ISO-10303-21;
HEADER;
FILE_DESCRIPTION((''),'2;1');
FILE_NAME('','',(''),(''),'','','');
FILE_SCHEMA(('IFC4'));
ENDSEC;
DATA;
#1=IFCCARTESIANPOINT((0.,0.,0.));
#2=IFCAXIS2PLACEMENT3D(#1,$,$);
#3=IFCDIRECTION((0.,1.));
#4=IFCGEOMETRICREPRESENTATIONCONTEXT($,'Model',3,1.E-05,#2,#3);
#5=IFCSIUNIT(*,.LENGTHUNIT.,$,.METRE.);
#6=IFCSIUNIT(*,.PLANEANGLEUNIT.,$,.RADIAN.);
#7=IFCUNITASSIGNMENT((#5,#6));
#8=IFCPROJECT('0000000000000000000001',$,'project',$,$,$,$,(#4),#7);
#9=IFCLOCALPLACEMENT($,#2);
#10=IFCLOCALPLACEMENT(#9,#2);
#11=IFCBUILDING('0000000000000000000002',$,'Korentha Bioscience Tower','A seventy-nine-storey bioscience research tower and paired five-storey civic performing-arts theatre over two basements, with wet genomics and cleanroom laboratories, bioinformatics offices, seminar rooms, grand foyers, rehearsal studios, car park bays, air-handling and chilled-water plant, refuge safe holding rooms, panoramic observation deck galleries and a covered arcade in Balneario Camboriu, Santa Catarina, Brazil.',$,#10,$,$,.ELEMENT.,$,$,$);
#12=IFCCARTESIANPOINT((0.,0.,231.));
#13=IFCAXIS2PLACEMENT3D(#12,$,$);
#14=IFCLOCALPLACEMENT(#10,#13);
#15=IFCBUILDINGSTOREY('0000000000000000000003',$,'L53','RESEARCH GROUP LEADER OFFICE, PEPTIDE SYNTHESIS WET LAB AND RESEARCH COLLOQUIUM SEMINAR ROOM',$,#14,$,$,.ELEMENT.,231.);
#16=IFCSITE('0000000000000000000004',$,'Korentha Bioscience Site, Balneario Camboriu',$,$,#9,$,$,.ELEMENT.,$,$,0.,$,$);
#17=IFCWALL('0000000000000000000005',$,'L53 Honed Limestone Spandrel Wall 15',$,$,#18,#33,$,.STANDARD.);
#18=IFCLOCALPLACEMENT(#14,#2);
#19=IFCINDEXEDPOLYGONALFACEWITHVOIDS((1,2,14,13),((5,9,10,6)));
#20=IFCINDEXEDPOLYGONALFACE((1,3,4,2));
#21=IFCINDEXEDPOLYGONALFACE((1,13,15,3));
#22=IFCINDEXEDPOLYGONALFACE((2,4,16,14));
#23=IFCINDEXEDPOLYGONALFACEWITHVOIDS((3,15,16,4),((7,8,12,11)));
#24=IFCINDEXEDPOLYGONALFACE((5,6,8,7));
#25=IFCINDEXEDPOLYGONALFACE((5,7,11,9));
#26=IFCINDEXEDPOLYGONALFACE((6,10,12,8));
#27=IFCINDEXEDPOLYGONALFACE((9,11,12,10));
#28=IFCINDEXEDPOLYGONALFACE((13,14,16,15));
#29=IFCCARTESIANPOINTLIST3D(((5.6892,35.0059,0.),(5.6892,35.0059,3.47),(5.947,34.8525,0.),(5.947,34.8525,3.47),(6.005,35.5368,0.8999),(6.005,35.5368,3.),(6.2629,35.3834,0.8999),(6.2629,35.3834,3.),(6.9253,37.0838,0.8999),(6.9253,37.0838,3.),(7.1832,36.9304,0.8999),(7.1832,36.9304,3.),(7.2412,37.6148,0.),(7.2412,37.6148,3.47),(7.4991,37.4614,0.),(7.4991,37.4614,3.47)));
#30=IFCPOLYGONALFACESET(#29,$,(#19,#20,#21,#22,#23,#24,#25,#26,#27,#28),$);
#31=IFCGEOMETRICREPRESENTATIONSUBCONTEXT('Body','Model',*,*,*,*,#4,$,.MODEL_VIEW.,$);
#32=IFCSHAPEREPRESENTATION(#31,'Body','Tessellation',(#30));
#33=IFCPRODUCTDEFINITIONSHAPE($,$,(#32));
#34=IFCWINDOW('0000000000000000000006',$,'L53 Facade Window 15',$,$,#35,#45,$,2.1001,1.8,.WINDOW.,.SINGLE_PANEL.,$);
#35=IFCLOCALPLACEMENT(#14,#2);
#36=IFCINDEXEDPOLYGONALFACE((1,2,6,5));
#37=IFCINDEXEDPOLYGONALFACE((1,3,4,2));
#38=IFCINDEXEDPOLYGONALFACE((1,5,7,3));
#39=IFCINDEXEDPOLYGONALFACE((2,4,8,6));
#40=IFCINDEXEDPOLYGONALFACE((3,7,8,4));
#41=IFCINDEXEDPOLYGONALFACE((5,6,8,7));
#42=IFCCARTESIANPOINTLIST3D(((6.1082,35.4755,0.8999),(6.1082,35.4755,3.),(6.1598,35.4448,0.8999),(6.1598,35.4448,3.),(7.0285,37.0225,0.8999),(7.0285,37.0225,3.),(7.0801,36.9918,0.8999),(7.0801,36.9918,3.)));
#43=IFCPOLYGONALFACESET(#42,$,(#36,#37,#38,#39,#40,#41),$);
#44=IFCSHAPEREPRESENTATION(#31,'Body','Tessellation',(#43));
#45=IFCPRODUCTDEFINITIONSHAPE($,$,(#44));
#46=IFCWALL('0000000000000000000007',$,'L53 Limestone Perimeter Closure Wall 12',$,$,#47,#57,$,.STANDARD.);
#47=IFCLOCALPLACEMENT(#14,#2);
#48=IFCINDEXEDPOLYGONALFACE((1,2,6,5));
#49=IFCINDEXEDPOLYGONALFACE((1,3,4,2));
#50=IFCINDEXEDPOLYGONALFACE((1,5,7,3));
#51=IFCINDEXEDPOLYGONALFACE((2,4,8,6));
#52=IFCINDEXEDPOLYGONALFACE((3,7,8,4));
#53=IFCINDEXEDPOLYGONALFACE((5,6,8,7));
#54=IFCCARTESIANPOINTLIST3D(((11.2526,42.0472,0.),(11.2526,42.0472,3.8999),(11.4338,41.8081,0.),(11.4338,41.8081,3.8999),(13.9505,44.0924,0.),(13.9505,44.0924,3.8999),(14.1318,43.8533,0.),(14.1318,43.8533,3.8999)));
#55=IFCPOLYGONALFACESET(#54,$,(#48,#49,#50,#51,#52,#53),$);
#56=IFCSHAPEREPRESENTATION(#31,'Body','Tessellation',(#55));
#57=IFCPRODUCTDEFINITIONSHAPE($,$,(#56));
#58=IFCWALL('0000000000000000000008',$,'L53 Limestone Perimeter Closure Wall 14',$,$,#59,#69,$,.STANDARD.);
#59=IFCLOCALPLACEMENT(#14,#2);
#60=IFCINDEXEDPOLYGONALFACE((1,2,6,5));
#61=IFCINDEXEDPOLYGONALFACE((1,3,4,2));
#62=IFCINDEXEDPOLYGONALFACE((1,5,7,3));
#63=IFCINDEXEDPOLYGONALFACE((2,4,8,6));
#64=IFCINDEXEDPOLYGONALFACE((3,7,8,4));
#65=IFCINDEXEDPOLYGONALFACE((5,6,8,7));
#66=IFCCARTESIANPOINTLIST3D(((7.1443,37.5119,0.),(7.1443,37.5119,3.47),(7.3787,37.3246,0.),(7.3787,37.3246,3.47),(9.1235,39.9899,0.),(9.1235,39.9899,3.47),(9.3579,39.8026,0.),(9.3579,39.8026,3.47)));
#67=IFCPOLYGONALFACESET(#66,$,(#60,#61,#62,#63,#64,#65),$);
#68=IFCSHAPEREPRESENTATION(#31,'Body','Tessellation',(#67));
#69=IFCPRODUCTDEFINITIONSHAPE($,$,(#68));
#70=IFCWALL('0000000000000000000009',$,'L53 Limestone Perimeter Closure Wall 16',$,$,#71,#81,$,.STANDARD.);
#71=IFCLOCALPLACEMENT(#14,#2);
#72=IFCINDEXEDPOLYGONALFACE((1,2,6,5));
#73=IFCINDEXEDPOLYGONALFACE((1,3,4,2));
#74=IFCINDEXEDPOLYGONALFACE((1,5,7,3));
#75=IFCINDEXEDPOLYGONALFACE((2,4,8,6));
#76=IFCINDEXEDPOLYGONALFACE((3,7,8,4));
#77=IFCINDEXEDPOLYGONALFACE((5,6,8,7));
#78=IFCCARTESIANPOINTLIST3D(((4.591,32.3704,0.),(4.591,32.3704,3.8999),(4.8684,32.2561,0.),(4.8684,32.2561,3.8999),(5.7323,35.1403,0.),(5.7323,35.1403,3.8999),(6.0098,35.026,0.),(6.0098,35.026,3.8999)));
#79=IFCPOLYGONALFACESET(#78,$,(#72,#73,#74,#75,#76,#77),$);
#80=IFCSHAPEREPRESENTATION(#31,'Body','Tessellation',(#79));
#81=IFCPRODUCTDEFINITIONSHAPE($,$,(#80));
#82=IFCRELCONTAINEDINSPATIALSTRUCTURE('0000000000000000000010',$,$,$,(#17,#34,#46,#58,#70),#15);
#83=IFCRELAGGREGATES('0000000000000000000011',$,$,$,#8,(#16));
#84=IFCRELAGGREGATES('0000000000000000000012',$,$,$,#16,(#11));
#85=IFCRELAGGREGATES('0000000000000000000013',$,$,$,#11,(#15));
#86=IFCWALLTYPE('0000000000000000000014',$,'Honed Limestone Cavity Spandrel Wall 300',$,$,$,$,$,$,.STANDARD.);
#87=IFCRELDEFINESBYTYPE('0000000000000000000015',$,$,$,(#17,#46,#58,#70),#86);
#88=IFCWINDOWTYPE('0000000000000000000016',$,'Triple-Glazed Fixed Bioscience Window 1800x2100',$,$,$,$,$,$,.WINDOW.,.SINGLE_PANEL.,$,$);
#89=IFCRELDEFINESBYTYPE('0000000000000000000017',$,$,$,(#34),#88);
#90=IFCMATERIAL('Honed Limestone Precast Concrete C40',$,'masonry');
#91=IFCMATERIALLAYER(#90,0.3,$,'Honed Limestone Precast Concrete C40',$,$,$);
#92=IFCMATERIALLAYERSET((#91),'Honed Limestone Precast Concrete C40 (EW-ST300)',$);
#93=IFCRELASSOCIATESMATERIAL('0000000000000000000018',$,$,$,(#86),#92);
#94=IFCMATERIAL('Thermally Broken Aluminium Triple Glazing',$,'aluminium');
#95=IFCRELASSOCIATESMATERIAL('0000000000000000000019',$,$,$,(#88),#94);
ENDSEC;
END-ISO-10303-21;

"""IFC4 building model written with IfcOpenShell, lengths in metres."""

from ifc_helpers import new_model, si_unit, direction, frame, frame_2d, origin, place, context, subcontext, project, spatial, rectangle, extrude, material, layer, layer_set, type_object, element, fill, save


model = new_model("IFC4")

# Units and contexts
model_context = context("Model", 3, precision=1e-05, world=origin(), true_north=direction((0.0, 1.0)))
body_context = subcontext(model_context, "Body", "Model", "MODEL_VIEW")
ifc_project = project(units=[si_unit("LENGTHUNIT", "METRE"), si_unit("PLANEANGLEUNIT", "RADIAN")], contexts=[model_context])

# Site, building, storey
site_placement = place(None, origin())
site = spatial("IfcSite", under=ifc_project, at=site_placement, Name="Korentha Bioscience Site, Balneario Camboriu", CompositionType="ELEMENT", RefElevation=0.0)
building_placement = place(site_placement, origin())
building = spatial("IfcBuilding", under=site, at=building_placement, Name="Korentha Bioscience Tower", Description="A seventy-nine-storey bioscience research tower and paired five-storey civic performing-arts theatre over two basements, with wet genomics and cleanroom laboratories, bioinformatics offices, seminar rooms, grand foyers, rehearsal studios, car park bays, air-handling and chilled-water plant, refuge safe holding rooms, panoramic observation deck galleries and a covered arcade in Balneario Camboriu, Santa Catarina, Brazil.", CompositionType="ELEMENT")
storey_placement = place(building_placement, frame((0.0, 0.0, 231.0)))
storey = spatial("IfcBuildingStorey", under=building, at=storey_placement, Name="L53", Description="RESEARCH GROUP LEADER OFFICE, PEPTIDE SYNTHESIS WET LAB AND RESEARCH COLLOQUIUM SEMINAR ROOM", CompositionType="ELEMENT", Elevation=231.0)

# Wall, opening, window
ifc_material_1 = material(Name="Honed Limestone Precast Concrete C40", Category="masonry")
ifc_layer_1 = layer(ifc_material_1, 0.3, Name="Honed Limestone Precast Concrete C40")
ifc_layer_set_1 = layer_set([ifc_layer_1], Name="Honed Limestone Precast Concrete C40 (EW-ST300)")
wall_type_1 = type_object("IfcWallType", Name="Honed Limestone Cavity Spandrel Wall 300", PredefinedType="STANDARD", material=ifc_layer_set_1)
wall_1_placement = place(storey_placement, frame((7.3701, 37.5381, 0.0), z_axis=(0.0, 0.0, 1.0), x_axis=(-0.511263, -0.859424, 0.0)))
wall_1 = element("IfcWall", 1, at=wall_1_placement, inside=storey, type_object=wall_type_1, Name="L53 Honed Limestone Spandrel Wall 15", PredefinedType="STANDARD", context=body_context, shape_type="SweptSolid", body=[
    extrude(rectangle(XDim=3.0356, YDim=0.3, at=frame_2d((1.5178, 0.0))), origin(), (0.0, 0.0, 1.0), 3.47),
])
opening_1_placement = place(wall_1_placement, frame((0.6179, 0.0, 0.8999)))
opening_1 = element("IfcOpeningElement", 2, at=opening_1_placement, cuts=wall_1, PredefinedType="OPENING", context=body_context, shape_type="SweptSolid", body=[
    extrude(rectangle(XDim=1.8, YDim=2.1001, at=frame_2d((0.8999, 1.05))), frame((0.0, 0.165, 0.0), z_axis=(0.0, -1.0, 0.0), x_axis=(1.0, 0.0, 0.0)), (0.0, 0.0, 1.0), 0.3298),
])
ifc_material_2 = material(Name="Thermally Broken Aluminium Triple Glazing", Category="aluminium")
window_type = type_object("IfcWindowType", Name="Triple-Glazed Fixed Bioscience Window 1800x2100", PartitioningType="SINGLE_PANEL", PredefinedType="WINDOW", material=ifc_material_2)
window_placement = place(opening_1_placement, origin())
window = element("IfcWindow", 3, at=window_placement, inside=storey, type_object=window_type, Name="L53 Facade Window 15", OverallHeight=2.1001, OverallWidth=1.8, PartitioningType="SINGLE_PANEL", PredefinedType="WINDOW", context=body_context, shape_type="SweptSolid", body=[
    extrude(rectangle(XDim=1.8, YDim=2.1001, at=frame_2d((0.8999, 1.05))), frame((0.0, 0.03, 0.0), z_axis=(0.0, -1.0, 0.0), x_axis=(1.0, 0.0, 0.0)), (0.0, 0.0, 1.0), 0.0601),
])
fill(opening_1, window)

# Walls
wall_2_placement = place(storey_placement, frame((14.0413, 43.9729, 0.0), z_axis=(0.0, 0.0, 1.0), x_axis=(-0.796918, -0.604088, 0.0)))
element("IfcWall", 4, at=wall_2_placement, inside=storey, type_object=wall_type_1, Name="L53 Limestone Perimeter Closure Wall 12", PredefinedType="STANDARD", context=body_context, shape_type="SweptSolid", body=[
    extrude(rectangle(XDim=3.3855, YDim=0.3, at=frame_2d((1.6929, 0.0))), origin(), (0.0, 0.0, 1.0), 3.8999),
])
wall_3_placement = place(storey_placement, frame((9.2407, 39.8962, 0.0), z_axis=(0.0, 0.0, 1.0), x_axis=(-0.624085, -0.781357, 0.0)))
element("IfcWall", 5, at=wall_3_placement, inside=storey, type_object=wall_type_1, Name="L53 Limestone Perimeter Closure Wall 14", PredefinedType="STANDARD", context=body_context, shape_type="SweptSolid", body=[
    extrude(rectangle(XDim=3.1714, YDim=0.3, at=frame_2d((1.5857, 0.0))), origin(), (0.0, 0.0, 1.0), 3.47),
])
wall_4_placement = place(storey_placement, frame((5.8711, 35.0833, 0.0), z_axis=(0.0, 0.0, 1.0), x_axis=(-0.380967, -0.924589, 0.0)))
element("IfcWall", 6, at=wall_4_placement, inside=storey, type_object=wall_type_1, Name="L53 Limestone Perimeter Closure Wall 16", PredefinedType="STANDARD", context=body_context, shape_type="SweptSolid", body=[
    extrude(rectangle(XDim=2.9958, YDim=0.3, at=frame_2d((1.498, 0.0))), origin(), (0.0, 0.0, 1.0), 3.8999),
])

save(model, "model.ifc")
